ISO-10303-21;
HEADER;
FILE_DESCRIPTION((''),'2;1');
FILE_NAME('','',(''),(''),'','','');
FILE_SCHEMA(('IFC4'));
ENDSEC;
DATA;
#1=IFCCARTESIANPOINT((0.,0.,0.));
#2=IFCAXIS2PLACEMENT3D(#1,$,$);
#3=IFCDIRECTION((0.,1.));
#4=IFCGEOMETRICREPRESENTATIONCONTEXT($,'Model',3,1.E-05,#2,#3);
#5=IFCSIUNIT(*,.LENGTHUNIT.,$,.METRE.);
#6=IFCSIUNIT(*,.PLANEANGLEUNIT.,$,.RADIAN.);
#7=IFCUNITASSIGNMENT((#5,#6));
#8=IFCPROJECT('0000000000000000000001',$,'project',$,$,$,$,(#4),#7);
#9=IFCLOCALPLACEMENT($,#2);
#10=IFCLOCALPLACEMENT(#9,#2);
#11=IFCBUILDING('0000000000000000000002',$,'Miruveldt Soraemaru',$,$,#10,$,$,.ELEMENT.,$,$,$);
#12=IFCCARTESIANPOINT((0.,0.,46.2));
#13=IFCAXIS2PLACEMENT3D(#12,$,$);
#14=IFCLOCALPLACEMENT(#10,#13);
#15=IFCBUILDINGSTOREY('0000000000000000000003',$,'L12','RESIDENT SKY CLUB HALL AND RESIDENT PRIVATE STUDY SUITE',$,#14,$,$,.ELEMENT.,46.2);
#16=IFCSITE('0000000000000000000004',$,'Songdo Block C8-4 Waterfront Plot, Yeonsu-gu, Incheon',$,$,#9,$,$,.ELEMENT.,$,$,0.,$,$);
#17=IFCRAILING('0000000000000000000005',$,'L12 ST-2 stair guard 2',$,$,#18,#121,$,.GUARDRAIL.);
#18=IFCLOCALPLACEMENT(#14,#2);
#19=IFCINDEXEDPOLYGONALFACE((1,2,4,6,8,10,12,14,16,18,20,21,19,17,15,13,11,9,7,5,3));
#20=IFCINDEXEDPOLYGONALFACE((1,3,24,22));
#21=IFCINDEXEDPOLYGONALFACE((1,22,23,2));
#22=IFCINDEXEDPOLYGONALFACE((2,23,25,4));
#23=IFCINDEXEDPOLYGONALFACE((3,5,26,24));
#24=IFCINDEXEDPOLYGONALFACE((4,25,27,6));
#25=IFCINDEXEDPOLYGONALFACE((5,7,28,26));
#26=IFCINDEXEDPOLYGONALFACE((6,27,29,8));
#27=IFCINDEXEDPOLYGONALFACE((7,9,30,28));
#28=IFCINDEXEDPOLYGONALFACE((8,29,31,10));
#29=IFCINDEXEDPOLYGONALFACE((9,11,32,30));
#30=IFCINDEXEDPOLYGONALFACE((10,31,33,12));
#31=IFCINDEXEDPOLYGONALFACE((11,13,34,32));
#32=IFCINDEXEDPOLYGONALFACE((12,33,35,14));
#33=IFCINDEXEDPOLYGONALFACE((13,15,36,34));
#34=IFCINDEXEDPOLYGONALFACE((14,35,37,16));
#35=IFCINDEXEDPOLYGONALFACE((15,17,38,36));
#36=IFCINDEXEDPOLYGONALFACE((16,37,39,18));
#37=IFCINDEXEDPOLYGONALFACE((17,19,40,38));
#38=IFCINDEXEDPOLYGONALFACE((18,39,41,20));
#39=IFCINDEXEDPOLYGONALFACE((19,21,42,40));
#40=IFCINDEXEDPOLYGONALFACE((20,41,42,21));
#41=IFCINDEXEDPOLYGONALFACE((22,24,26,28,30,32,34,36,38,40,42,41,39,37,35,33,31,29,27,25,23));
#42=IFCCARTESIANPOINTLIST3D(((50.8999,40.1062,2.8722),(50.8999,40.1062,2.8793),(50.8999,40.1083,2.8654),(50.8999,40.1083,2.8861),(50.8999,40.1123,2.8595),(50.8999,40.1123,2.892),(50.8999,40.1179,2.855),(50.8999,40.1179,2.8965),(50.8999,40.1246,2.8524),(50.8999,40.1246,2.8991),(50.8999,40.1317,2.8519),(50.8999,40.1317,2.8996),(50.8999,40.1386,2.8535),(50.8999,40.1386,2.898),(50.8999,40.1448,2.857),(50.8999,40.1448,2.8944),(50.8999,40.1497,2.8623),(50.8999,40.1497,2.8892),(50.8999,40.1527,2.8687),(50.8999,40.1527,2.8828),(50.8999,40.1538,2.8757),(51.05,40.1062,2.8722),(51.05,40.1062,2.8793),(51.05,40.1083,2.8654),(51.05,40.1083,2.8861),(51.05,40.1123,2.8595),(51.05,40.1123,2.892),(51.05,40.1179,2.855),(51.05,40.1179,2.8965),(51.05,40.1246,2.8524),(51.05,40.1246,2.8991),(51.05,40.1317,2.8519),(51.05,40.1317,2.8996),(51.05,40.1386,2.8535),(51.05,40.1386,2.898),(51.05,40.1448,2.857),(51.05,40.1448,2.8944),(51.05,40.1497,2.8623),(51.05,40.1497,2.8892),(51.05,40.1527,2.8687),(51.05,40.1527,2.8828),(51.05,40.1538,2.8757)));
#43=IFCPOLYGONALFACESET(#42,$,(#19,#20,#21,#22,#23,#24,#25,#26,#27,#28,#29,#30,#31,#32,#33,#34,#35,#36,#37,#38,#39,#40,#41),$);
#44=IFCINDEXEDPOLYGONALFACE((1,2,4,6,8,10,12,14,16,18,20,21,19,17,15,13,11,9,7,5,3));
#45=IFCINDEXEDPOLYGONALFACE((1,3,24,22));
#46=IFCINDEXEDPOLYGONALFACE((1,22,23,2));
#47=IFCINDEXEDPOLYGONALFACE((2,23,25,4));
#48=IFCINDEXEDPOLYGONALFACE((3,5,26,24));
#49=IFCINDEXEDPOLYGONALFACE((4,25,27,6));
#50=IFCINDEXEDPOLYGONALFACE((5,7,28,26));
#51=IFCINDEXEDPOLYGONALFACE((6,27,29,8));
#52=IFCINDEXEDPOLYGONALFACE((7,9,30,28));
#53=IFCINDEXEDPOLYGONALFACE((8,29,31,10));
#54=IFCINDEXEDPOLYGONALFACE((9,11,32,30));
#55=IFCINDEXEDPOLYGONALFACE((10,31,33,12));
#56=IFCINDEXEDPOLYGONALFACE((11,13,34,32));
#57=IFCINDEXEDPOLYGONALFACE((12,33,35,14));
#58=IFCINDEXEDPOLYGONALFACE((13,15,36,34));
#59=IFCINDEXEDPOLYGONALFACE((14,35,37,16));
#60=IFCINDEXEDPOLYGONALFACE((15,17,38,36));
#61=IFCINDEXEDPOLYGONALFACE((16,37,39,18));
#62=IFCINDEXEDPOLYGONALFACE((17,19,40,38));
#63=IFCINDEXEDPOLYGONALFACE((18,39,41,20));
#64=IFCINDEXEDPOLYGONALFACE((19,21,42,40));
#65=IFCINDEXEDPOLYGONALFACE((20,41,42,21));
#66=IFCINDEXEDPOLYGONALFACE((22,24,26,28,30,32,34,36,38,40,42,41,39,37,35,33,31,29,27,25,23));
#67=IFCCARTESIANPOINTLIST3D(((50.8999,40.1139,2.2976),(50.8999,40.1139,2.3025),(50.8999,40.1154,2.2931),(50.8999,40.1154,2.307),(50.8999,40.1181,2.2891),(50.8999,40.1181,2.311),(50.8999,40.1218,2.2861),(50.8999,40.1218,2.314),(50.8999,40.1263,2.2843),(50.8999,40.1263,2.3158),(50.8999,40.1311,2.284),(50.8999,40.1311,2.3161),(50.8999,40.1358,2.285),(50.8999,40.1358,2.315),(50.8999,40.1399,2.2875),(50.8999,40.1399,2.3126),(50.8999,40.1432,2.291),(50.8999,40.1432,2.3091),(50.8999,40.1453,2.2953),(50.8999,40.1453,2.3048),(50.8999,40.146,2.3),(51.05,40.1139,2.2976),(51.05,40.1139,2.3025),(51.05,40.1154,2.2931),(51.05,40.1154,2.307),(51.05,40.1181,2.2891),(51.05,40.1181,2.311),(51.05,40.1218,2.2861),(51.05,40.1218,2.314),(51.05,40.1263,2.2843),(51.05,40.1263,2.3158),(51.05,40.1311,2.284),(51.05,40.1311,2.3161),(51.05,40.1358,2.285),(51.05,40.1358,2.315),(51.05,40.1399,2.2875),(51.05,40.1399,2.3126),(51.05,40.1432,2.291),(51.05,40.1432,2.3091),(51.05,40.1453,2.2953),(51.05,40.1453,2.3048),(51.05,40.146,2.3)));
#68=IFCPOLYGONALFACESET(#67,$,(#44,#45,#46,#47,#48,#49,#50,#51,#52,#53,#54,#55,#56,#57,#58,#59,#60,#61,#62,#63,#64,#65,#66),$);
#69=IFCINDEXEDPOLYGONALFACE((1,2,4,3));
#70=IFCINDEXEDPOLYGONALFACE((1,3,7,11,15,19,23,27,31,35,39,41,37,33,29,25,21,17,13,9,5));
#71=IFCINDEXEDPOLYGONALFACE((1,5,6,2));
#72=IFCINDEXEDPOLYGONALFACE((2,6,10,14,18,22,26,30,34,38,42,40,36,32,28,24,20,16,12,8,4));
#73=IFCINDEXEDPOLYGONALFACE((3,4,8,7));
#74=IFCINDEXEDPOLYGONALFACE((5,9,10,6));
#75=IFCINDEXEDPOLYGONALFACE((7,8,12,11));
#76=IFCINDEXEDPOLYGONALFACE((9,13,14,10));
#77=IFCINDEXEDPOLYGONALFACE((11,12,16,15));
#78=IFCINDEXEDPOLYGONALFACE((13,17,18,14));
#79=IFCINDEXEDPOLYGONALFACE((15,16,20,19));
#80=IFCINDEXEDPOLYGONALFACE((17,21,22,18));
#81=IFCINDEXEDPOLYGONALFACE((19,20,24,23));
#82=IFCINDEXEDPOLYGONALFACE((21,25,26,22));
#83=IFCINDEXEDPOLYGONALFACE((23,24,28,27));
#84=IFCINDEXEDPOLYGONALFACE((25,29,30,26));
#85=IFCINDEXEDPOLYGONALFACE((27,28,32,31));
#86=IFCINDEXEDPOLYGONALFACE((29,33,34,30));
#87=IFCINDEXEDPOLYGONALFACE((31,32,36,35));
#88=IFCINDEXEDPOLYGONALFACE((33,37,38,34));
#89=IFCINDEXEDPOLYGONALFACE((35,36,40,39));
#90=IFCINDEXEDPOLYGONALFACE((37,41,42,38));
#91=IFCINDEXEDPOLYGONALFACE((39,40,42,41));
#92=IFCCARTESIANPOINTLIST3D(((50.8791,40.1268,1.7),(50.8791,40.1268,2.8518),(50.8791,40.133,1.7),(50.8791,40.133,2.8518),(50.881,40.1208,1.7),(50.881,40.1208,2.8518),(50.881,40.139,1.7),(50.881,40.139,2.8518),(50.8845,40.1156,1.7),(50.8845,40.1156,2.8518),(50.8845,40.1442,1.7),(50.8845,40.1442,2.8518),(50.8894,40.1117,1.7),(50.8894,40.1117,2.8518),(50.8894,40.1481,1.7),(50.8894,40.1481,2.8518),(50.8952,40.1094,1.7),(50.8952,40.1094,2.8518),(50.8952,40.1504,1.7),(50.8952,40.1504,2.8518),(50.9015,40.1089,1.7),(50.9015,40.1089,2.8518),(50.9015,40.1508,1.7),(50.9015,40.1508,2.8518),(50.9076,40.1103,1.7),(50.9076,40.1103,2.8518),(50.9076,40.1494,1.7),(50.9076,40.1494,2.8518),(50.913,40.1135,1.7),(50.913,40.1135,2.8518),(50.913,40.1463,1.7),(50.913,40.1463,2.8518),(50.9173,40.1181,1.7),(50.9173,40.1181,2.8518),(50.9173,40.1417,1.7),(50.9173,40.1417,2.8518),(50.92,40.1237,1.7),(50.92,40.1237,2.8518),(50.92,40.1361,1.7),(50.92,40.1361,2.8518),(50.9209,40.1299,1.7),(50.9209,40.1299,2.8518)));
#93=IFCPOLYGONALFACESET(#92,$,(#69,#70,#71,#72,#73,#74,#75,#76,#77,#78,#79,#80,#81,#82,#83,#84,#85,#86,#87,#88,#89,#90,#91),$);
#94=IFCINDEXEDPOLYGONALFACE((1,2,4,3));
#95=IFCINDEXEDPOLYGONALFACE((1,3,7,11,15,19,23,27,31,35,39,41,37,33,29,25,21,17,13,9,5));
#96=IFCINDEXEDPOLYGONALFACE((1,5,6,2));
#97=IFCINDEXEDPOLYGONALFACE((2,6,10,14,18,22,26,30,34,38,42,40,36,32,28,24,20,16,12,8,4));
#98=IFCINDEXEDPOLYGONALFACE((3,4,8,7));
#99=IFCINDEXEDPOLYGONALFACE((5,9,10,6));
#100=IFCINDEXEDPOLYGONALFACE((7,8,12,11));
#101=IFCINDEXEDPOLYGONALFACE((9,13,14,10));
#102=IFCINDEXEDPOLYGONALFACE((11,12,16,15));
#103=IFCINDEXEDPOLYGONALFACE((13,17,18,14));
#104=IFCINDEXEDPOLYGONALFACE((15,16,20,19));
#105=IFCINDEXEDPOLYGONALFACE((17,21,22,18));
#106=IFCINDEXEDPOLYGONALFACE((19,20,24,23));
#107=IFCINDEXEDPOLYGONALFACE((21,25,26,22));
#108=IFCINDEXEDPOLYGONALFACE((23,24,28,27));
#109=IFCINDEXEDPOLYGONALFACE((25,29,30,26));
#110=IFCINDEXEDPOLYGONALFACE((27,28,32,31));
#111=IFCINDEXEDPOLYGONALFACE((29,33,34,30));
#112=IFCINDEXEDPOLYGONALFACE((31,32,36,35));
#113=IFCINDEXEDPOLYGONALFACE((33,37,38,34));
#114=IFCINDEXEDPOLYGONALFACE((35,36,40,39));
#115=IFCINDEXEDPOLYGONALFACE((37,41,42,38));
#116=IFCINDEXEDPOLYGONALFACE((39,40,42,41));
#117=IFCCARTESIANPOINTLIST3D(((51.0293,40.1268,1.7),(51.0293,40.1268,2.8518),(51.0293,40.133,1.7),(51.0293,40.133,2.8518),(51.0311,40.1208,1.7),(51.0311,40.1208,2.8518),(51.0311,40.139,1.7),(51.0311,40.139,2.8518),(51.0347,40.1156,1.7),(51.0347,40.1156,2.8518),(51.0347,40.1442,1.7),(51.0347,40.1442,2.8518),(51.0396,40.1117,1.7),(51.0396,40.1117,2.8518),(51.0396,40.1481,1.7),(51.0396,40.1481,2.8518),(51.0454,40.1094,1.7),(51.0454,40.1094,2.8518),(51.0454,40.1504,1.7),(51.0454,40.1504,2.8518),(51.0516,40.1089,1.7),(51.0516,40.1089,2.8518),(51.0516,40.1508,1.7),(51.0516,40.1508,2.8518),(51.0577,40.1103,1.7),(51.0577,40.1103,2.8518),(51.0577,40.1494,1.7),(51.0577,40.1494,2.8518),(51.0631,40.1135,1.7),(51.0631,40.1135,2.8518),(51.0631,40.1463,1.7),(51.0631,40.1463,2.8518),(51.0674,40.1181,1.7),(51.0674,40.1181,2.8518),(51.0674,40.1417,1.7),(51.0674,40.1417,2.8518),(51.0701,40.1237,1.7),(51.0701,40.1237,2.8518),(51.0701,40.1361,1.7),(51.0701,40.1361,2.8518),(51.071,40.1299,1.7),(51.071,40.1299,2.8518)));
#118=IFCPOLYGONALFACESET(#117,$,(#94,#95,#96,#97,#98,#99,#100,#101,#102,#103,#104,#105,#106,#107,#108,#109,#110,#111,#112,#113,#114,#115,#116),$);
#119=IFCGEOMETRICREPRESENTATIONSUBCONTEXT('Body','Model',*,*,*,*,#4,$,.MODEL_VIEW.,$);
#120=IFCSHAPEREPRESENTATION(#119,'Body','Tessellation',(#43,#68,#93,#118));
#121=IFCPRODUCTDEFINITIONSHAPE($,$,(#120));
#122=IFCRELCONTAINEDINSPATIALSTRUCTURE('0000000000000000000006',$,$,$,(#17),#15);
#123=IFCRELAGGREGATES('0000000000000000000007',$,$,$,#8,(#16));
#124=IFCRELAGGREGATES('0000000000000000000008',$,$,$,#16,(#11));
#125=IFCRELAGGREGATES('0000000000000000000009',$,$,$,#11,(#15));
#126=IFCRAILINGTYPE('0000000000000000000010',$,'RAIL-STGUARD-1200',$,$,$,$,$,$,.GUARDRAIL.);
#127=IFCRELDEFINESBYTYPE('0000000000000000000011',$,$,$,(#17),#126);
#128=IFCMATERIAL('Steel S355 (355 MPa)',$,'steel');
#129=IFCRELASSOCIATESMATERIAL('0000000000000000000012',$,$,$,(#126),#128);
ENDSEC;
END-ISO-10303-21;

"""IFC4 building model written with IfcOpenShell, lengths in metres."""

from ifc_helpers import new_model, si_unit, direction, frame, origin, origin_2d, place, context, subcontext, project, spatial, circle, extrude, material, type_object, element, save


model = new_model("IFC4")

# Units and contexts
model_context = context("Model", 3, precision=1e-05, world=origin(), true_north=direction((0.0, 1.0)))
body_context = subcontext(model_context, "Body", "Model", "MODEL_VIEW")
ifc_project = project(units=[si_unit("LENGTHUNIT", "METRE"), si_unit("PLANEANGLEUNIT", "RADIAN")], contexts=[model_context])

# Site, building, storey
site_placement = place(None, origin())
site = spatial("IfcSite", under=ifc_project, at=site_placement, Name="Songdo Block C8-4 Waterfront Plot, Yeonsu-gu, Incheon", CompositionType="ELEMENT", RefElevation=0.0)
building_placement = place(site_placement, origin())
building = spatial("IfcBuilding", under=site, at=building_placement, Name="Miruveldt Soraemaru", CompositionType="ELEMENT")
storey_placement = place(building_placement, frame((0.0, 0.0, 46.2)))
storey = spatial("IfcBuildingStorey", under=building, at=storey_placement, Name="L12", Description="RESIDENT SKY CLUB HALL AND RESIDENT PRIVATE STUDY SUITE", CompositionType="ELEMENT", Elevation=46.2)

# Railing
ifc_material_1 = material(Name="Steel S355 (355 MPa)", Category="steel")
railing_type_1 = type_object("IfcRailingType", Name="RAIL-STGUARD-1200", PredefinedType="GUARDRAIL", material=ifc_material_1)
railing_1_placement = place(storey_placement, frame((50.8999, 40.1299, 1.7)))
element("IfcRailing", 1, at=railing_1_placement, inside=storey, type_object=railing_type_1, Name="L12 ST-2 stair guard 2", PredefinedType="GUARDRAIL", context=body_context, shape_type="SweptSolid", body=[
    extrude(circle(Radius=0.0239, at=origin_2d()), frame((0.0, 0.0, 1.1758), z_axis=(1.0, 0.0, 0.0), x_axis=(0.0, 1.0, 0.0)), (0.0, 0.0, 1.0), 0.1501),
    extrude(circle(Radius=0.0161, at=origin_2d()), frame((0.0, 0.0, 0.6001), z_axis=(1.0, 0.0, 0.0), x_axis=(0.0, 1.0, 0.0)), (0.0, 0.0, 1.0), 0.1501),
    extrude(circle(Radius=0.021, at=origin_2d()), origin(), (0.0, 0.0, 1.0), 1.1519),
    extrude(circle(Radius=0.021, at=origin_2d()), frame((0.1501, 0.0, 0.0)), (0.0, 0.0, 1.0), 1.1519),
])

save(model, "model.ifc")
